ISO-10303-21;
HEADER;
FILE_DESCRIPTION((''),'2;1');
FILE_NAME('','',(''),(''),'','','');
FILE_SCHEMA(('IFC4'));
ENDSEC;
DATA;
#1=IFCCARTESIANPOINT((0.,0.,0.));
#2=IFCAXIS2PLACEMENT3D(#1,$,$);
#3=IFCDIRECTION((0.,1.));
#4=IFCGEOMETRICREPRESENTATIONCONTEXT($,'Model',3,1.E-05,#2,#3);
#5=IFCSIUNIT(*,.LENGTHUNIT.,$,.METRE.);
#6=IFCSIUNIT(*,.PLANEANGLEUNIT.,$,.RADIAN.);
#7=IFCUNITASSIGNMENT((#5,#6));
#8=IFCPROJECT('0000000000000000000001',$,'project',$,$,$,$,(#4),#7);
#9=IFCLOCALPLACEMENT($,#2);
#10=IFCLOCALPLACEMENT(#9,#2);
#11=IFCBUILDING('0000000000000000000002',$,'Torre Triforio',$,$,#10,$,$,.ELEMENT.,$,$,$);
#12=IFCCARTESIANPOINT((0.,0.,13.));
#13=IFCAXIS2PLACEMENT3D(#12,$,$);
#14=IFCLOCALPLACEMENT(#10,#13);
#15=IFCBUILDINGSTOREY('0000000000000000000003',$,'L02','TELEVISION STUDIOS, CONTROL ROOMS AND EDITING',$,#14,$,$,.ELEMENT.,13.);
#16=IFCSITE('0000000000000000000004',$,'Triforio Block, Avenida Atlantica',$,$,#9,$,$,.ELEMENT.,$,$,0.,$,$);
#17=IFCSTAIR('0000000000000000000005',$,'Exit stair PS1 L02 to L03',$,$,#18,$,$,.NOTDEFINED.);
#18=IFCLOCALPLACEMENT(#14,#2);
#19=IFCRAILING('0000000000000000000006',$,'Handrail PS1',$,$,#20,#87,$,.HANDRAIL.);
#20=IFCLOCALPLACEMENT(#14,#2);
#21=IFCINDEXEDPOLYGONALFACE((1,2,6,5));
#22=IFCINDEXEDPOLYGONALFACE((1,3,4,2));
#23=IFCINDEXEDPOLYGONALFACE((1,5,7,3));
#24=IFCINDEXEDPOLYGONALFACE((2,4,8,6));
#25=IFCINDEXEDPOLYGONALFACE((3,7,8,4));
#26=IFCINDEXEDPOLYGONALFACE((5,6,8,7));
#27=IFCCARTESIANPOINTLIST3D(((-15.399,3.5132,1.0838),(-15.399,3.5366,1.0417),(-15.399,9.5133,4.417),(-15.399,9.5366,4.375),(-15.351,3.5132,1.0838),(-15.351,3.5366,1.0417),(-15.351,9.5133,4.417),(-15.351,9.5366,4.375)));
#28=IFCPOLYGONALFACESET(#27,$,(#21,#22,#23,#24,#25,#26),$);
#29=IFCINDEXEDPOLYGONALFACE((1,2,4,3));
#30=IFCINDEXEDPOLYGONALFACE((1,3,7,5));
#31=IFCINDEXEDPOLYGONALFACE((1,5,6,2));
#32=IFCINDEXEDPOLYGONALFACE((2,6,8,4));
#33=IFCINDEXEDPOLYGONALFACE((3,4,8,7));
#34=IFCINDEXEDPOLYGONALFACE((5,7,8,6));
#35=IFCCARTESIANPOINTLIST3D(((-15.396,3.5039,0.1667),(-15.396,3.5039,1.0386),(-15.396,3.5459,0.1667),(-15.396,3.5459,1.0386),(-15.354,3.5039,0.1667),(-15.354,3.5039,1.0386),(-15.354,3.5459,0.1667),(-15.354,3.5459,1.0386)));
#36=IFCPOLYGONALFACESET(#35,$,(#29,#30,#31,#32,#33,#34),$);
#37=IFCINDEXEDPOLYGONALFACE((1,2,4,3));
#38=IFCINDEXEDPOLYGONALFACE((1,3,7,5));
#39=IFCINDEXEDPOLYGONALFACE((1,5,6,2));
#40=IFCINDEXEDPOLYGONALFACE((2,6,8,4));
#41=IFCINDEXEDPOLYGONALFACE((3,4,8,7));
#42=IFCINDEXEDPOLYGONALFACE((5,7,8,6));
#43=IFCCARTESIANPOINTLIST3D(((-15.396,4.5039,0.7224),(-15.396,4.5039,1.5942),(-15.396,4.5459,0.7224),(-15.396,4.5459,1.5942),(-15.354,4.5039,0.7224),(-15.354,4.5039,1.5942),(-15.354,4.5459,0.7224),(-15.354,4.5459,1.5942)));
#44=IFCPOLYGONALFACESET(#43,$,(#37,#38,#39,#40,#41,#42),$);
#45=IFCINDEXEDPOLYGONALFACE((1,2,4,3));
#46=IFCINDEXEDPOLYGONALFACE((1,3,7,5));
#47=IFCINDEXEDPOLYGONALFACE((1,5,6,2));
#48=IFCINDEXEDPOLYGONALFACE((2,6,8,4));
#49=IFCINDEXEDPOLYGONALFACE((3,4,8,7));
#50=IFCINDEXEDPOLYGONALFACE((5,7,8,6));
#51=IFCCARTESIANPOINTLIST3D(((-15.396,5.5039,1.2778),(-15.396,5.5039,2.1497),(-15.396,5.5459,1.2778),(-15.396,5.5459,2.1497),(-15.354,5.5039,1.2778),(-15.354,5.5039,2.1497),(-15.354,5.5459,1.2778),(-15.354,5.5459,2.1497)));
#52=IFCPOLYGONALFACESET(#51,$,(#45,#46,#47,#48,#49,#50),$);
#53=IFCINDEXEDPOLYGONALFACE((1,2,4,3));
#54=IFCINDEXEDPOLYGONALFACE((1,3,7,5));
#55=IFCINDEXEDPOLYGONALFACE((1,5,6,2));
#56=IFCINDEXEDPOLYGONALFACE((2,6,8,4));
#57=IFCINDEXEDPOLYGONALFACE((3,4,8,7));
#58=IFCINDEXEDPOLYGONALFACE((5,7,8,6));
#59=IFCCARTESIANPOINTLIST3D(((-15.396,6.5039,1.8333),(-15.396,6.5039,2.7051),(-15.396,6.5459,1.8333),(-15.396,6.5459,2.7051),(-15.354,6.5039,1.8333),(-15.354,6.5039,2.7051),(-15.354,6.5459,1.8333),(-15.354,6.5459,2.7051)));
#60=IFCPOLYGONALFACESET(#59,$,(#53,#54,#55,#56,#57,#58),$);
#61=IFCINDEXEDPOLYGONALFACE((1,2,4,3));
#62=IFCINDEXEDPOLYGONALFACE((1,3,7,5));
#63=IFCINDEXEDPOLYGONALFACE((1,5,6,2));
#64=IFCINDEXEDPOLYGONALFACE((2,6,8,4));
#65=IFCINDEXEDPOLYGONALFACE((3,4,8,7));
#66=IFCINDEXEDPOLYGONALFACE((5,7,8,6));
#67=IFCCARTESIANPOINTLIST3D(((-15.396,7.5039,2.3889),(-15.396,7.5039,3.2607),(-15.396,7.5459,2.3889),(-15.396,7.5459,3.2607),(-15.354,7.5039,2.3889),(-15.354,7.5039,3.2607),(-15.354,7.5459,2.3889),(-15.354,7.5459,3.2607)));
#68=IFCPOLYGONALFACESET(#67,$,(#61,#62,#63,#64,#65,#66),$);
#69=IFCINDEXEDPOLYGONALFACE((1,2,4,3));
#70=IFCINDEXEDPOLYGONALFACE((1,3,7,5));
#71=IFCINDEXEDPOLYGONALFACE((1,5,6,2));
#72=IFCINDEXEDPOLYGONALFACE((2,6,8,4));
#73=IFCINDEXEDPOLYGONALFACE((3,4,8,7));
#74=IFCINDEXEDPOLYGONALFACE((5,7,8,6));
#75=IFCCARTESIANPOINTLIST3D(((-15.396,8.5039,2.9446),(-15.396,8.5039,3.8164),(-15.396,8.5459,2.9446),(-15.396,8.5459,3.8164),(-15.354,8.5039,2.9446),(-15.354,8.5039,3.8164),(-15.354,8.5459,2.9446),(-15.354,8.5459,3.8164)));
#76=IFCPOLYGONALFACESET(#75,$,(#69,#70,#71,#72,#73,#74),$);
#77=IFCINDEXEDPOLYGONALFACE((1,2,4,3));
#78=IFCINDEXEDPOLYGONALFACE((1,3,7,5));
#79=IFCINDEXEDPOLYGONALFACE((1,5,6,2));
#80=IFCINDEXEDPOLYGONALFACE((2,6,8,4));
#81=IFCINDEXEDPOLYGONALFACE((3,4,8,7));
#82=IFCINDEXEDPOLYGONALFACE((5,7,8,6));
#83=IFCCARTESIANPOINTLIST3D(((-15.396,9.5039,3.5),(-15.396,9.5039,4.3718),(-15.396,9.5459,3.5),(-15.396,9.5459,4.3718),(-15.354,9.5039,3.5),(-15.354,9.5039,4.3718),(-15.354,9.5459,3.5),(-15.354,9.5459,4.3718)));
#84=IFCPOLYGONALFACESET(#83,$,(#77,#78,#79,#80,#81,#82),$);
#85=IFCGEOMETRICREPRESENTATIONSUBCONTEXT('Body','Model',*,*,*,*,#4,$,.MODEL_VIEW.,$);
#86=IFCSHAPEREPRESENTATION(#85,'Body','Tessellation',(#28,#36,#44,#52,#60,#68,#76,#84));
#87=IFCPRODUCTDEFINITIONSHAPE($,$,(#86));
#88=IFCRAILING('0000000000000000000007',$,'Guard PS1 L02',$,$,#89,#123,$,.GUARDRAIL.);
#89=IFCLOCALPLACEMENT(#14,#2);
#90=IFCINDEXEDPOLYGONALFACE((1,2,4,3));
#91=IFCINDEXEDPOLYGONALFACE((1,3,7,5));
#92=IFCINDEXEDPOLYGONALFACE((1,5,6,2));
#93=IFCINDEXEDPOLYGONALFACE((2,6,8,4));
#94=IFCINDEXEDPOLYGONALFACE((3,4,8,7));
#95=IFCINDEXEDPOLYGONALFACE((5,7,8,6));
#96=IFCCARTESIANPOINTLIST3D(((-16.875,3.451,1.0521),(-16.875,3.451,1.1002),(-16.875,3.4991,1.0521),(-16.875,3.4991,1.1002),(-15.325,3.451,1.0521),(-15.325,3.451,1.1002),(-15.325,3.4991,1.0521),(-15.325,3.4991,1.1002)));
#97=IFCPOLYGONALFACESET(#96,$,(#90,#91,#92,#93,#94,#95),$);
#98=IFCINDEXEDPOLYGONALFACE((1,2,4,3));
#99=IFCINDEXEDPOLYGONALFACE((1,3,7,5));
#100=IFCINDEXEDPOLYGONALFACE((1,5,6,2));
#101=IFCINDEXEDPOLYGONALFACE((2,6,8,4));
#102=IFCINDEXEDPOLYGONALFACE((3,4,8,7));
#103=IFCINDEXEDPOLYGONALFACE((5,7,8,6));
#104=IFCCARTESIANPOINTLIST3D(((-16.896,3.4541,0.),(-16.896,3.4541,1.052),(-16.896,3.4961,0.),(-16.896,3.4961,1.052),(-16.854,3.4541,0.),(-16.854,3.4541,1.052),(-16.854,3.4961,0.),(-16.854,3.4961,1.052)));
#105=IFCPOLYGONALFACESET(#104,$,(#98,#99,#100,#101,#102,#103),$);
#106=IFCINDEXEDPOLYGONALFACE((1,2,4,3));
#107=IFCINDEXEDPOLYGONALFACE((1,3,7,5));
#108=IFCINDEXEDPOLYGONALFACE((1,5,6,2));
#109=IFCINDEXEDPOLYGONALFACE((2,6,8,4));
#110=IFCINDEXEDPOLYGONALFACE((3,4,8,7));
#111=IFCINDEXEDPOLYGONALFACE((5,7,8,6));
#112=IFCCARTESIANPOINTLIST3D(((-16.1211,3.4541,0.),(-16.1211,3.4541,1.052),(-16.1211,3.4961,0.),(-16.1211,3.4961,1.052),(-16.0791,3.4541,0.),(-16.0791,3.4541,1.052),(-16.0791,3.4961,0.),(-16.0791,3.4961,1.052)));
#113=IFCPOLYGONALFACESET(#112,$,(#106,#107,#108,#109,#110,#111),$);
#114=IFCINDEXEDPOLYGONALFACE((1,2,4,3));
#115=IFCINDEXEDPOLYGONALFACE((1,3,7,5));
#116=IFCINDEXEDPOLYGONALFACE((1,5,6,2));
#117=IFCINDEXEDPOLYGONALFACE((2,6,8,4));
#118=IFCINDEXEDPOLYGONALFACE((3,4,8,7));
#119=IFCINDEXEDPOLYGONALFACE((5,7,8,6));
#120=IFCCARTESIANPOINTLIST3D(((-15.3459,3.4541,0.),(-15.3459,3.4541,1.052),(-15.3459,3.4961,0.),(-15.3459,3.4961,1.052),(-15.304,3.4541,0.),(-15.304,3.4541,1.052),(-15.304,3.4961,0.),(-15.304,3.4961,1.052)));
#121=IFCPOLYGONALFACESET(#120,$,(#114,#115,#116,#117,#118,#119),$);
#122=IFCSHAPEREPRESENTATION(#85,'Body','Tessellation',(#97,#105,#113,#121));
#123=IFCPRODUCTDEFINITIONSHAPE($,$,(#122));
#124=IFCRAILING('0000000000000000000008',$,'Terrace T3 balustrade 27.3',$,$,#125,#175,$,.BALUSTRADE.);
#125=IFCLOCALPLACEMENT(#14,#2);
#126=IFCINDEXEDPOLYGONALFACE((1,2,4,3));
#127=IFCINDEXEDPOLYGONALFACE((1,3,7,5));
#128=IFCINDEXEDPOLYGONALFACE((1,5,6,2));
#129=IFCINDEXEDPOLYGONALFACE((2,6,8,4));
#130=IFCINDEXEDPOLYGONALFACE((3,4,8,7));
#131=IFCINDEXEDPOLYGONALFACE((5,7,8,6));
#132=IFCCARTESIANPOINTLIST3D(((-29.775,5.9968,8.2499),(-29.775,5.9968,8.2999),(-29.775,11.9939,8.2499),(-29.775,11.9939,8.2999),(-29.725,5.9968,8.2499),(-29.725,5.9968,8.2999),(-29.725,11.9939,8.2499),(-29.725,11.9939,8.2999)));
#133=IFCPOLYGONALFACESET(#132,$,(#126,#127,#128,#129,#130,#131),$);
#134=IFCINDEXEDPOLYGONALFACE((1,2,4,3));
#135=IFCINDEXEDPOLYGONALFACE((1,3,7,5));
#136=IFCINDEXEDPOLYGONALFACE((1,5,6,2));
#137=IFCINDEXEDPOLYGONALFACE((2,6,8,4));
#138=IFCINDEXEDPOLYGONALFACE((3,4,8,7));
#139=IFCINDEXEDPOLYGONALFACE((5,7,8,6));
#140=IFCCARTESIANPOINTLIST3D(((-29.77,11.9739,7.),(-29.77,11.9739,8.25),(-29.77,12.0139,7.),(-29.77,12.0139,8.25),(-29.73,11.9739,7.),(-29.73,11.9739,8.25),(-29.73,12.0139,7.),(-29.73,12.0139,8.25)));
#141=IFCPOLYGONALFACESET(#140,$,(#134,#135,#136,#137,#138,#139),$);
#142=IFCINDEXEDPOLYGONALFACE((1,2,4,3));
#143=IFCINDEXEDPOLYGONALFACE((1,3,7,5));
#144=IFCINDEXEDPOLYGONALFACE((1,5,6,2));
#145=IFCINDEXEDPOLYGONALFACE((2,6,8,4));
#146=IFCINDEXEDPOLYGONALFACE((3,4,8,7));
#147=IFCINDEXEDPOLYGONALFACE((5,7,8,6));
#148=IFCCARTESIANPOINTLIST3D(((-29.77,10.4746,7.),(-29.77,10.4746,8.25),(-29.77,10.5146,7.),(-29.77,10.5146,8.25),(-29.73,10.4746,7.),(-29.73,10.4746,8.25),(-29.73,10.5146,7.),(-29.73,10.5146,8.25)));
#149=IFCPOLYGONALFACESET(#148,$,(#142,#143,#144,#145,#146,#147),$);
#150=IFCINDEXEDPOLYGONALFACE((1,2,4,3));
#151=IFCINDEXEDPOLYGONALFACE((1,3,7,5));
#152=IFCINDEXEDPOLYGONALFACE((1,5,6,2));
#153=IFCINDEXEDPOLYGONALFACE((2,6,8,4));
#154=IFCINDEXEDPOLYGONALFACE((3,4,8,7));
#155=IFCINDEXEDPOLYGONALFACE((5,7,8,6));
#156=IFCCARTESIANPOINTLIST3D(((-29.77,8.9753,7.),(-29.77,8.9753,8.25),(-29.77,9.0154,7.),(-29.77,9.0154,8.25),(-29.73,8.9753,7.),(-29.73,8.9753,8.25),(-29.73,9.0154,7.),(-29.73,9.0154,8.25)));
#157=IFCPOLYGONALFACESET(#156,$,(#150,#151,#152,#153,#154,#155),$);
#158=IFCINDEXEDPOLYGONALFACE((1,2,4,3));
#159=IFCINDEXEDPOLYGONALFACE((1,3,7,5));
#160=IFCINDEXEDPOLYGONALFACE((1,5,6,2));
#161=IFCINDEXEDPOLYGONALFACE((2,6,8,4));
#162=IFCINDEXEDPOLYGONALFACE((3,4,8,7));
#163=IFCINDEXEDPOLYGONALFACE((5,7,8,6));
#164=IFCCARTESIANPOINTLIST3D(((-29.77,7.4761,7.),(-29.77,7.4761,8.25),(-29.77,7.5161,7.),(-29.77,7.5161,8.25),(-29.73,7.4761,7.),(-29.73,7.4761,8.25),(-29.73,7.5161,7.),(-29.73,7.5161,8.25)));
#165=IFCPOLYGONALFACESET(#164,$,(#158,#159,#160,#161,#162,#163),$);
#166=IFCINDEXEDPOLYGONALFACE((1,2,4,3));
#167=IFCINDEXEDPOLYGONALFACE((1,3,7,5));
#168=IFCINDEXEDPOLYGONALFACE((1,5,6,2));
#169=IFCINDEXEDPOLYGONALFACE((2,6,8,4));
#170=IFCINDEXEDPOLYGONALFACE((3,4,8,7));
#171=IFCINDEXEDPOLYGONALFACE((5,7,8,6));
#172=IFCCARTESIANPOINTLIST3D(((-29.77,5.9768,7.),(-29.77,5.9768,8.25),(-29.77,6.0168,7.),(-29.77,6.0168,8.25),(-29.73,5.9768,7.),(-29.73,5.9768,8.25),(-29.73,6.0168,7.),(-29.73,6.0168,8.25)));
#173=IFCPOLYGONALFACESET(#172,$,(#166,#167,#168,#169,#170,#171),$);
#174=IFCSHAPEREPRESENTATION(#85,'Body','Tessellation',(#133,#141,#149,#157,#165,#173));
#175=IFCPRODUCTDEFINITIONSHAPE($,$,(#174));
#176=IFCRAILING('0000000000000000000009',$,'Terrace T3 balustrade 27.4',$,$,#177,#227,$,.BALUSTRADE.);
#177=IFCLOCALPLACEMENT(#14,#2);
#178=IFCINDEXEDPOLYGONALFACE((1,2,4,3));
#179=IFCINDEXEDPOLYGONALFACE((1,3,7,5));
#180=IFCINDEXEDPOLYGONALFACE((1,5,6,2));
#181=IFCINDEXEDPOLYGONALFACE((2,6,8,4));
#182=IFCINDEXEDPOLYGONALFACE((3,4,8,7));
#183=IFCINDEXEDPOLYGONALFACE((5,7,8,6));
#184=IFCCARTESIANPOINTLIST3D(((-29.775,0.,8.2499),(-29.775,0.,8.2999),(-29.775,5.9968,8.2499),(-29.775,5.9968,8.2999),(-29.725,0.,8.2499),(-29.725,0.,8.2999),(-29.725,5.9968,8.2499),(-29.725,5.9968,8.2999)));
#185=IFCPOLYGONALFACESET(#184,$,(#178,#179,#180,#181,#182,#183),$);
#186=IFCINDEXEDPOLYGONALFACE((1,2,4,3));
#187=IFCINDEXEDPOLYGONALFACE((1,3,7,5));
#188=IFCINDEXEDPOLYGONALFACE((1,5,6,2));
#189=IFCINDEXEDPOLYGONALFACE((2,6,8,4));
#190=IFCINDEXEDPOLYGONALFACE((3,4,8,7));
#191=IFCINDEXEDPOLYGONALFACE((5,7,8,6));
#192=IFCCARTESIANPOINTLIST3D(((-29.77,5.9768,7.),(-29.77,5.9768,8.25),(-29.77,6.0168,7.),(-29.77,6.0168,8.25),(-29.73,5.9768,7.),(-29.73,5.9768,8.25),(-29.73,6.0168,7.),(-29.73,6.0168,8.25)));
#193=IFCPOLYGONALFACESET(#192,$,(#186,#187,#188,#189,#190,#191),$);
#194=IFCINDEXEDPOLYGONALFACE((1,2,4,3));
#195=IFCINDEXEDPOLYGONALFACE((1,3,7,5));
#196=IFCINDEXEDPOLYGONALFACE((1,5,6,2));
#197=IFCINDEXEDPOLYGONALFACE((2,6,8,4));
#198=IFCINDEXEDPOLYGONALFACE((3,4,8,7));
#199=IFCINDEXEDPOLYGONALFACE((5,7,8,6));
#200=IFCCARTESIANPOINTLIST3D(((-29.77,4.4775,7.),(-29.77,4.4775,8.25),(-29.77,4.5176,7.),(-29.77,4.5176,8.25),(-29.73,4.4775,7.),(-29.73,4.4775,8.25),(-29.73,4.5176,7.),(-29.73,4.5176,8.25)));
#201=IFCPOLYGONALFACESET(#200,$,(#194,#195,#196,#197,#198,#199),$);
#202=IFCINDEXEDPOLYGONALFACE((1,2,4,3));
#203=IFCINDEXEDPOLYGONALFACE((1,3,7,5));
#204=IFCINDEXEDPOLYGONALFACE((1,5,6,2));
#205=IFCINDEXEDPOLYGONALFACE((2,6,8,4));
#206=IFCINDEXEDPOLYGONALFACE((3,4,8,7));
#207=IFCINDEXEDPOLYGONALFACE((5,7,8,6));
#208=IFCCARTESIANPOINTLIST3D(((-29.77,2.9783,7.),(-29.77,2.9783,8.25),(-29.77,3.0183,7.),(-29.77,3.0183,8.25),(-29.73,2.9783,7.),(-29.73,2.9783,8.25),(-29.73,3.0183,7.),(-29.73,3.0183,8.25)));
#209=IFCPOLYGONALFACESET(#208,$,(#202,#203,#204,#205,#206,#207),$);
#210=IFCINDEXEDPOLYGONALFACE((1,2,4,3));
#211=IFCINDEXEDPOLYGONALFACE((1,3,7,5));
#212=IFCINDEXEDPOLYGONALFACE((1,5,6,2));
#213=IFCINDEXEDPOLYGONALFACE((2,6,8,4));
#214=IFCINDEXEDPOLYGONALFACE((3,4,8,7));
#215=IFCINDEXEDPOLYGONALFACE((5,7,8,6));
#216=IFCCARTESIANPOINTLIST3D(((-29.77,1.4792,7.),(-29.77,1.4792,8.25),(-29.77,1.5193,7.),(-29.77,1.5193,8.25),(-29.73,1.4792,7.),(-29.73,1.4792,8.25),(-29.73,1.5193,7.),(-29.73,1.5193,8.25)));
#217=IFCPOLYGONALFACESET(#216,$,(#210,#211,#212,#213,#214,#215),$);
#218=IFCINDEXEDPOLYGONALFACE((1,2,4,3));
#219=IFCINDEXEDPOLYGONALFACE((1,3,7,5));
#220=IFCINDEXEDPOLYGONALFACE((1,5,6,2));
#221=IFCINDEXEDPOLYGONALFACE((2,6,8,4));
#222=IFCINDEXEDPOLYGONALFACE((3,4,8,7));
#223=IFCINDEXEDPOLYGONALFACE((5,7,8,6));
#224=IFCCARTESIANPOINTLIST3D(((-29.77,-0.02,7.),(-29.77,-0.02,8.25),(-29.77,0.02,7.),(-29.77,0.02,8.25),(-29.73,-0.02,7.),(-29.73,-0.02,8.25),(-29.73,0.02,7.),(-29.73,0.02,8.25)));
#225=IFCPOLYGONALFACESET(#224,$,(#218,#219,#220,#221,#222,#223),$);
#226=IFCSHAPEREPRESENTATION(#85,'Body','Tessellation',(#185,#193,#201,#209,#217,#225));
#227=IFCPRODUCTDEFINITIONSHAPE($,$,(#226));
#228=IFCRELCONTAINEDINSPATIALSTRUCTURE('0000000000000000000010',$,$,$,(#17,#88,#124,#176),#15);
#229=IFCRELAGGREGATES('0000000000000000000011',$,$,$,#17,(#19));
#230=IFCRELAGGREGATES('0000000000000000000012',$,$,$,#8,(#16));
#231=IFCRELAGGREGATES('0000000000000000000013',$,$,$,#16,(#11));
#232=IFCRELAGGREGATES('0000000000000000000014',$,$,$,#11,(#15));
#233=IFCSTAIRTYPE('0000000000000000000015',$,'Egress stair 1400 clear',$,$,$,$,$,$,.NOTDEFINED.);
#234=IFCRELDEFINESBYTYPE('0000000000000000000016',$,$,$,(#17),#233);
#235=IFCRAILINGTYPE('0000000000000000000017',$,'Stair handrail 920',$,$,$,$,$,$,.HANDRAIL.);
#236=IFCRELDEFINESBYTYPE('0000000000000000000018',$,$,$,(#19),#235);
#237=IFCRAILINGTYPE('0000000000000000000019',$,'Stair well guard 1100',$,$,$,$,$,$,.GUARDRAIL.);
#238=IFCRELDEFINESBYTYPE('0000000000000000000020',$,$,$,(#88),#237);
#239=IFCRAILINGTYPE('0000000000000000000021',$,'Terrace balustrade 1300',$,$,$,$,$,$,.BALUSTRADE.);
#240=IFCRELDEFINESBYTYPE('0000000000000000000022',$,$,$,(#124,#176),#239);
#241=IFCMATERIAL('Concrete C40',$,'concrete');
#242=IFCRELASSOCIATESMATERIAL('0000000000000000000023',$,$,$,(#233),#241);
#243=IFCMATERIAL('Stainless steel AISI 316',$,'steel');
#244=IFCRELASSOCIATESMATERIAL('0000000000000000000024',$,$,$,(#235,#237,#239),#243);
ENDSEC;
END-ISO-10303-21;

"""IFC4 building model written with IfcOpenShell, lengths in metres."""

from ifc_helpers import new_model, si_unit, direction, frame, origin, origin_2d, place, context, subcontext, project, spatial, rectangle, extrude, material, type_object, element, aggregate, save


model = new_model("IFC4")

# Units and contexts
model_context = context("Model", 3, precision=1e-05, world=origin(), true_north=direction((0.0, 1.0)))
body_context = subcontext(model_context, "Body", "Model", "MODEL_VIEW")
ifc_project = project(units=[si_unit("LENGTHUNIT", "METRE"), si_unit("PLANEANGLEUNIT", "RADIAN")], contexts=[model_context])

# Site, building, storey
site_placement = place(None, origin())
site = spatial("IfcSite", under=ifc_project, at=site_placement, Name="Triforio Block, Avenida Atlantica", CompositionType="ELEMENT", RefElevation=0.0)
building_placement = place(site_placement, origin())
building = spatial("IfcBuilding", under=site, at=building_placement, Name="Torre Triforio", CompositionType="ELEMENT")
storey_placement = place(building_placement, frame((0.0, 0.0, 13.0)))
storey = spatial("IfcBuildingStorey", under=building, at=storey_placement, Name="L02", Description="TELEVISION STUDIOS, CONTROL ROOMS AND EDITING", CompositionType="ELEMENT", Elevation=13.0)

# Shared definitions
ifc_material_1 = material(Name="Concrete C40", Category="concrete")

# Stair, railing
stair_type = type_object("IfcStairType", Name="Egress stair 1400 clear", PredefinedType="NOTDEFINED", material=ifc_material_1)
stair_placement = place(storey_placement, origin())
stair = element("IfcStair", 1, at=stair_placement, inside=storey, type_object=stair_type, Name="Exit stair PS1 L02 to L03", PredefinedType="NOTDEFINED")
ifc_material_2 = material(Name="Stainless steel AISI 316", Category="steel")
railing_type_1 = type_object("IfcRailingType", Name="Stair handrail 920", PredefinedType="HANDRAIL", material=ifc_material_2)
railing_1_placement = place(storey_placement, frame((-15.375, 3.5249, 0.1667)))
railing_1 = element("IfcRailing", 2, at=railing_1_placement, type_object=railing_type_1, Name="Handrail PS1", PredefinedType="HANDRAIL", context=body_context, shape_type="SweptSolid", body=[
    extrude(rectangle(XDim=0.0481, YDim=0.0481, at=origin_2d()), frame((0.0, 0.0, 0.896), z_axis=(0.0, 0.874162, 0.485634), x_axis=(-1.0, 0.0, 0.0)), (0.0, 0.0, 1.0), 6.8638),
    extrude(rectangle(XDim=0.042, YDim=0.042, at=origin_2d()), origin(), (0.0, 0.0, 1.0), 0.8718),
    extrude(rectangle(XDim=0.042, YDim=0.042, at=origin_2d()), frame((0.0, 1.0, 0.5557)), (0.0, 0.0, 1.0), 0.8718),
    extrude(rectangle(XDim=0.042, YDim=0.042, at=origin_2d()), frame((0.0, 2.0, 1.1111)), (0.0, 0.0, 1.0), 0.8718),
    extrude(rectangle(XDim=0.042, YDim=0.042, at=origin_2d()), frame((0.0, 3.0, 1.6665)), (0.0, 0.0, 1.0), 0.8718),
    extrude(rectangle(XDim=0.042, YDim=0.042, at=origin_2d()), frame((0.0, 4.0, 2.2222)), (0.0, 0.0, 1.0), 0.8718),
    extrude(rectangle(XDim=0.042, YDim=0.042, at=origin_2d()), frame((0.0, 5.0, 2.7778)), (0.0, 0.0, 1.0), 0.8718),
    extrude(rectangle(XDim=0.042, YDim=0.042, at=origin_2d()), frame((0.0, 6.0, 3.3333)), (0.0, 0.0, 1.0), 0.8718),
])
aggregate(stair, [railing_1])

# Railings
railing_type_2 = type_object("IfcRailingType", Name="Stair well guard 1100", PredefinedType="GUARDRAIL", material=ifc_material_2)
railing_2_placement = place(storey_placement, frame((-16.875, 3.4751, 0.0)))
element("IfcRailing", 3, at=railing_2_placement, inside=storey, type_object=railing_type_2, Name="Guard PS1 L02", PredefinedType="GUARDRAIL", context=body_context, shape_type="SweptSolid", body=[
    extrude(rectangle(XDim=0.0481, YDim=0.0481, at=origin_2d()), frame((0.0, 0.0, 1.0762), z_axis=(1.0, 0.0, 0.0), x_axis=(0.0, 1.0, 0.0)), (0.0, 0.0, 1.0), 1.55),
    extrude(rectangle(XDim=0.042, YDim=0.042, at=origin_2d()), origin(), (0.0, 0.0, 1.0), 1.052),
    extrude(rectangle(XDim=0.042, YDim=0.042, at=origin_2d()), frame((0.7749, 0.0, 0.0)), (0.0, 0.0, 1.0), 1.052),
    extrude(rectangle(XDim=0.042, YDim=0.042, at=origin_2d()), frame((1.55, 0.0, 0.0)), (0.0, 0.0, 1.0), 1.052),
])
railing_type_3 = type_object("IfcRailingType", Name="Terrace balustrade 1300", PredefinedType="BALUSTRADE", material=ifc_material_2)
railing_3_placement = place(storey_placement, frame((-29.75, 11.9939, 7.0)))
element("IfcRailing", 4, at=railing_3_placement, inside=storey, type_object=railing_type_3, Name="Terrace T3 balustrade 27.3", PredefinedType="BALUSTRADE", context=body_context, shape_type="SweptSolid", body=[
    extrude(rectangle(XDim=0.05, YDim=0.05, at=origin_2d()), frame((0.0, 0.0, 1.2749), z_axis=(0.0, -1.0, 0.0), x_axis=(1.0, 0.0, 0.0)), (0.0, 0.0, 1.0), 5.9971),
    extrude(rectangle(XDim=0.04, YDim=0.04, at=origin_2d()), origin(), (0.0, 0.0, 1.0), 1.25),
    extrude(rectangle(XDim=0.04, YDim=0.04, at=origin_2d()), frame((0.0, -1.4993, 0.0)), (0.0, 0.0, 1.0), 1.25),
    extrude(rectangle(XDim=0.04, YDim=0.04, at=origin_2d()), frame((0.0, -2.9985, 0.0)), (0.0, 0.0, 1.0), 1.25),
    extrude(rectangle(XDim=0.04, YDim=0.04, at=origin_2d()), frame((0.0, -4.4978, 0.0)), (0.0, 0.0, 1.0), 1.25),
    extrude(rectangle(XDim=0.04, YDim=0.04, at=origin_2d()), frame((0.0, -5.9971, 0.0)), (0.0, 0.0, 1.0), 1.25),
])
railing_4_placement = place(storey_placement, frame((-29.75, 5.9968, 7.0)))
element("IfcRailing", 5, at=railing_4_placement, inside=storey, type_object=railing_type_3, Name="Terrace T3 balustrade 27.4", PredefinedType="BALUSTRADE", context=body_context, shape_type="SweptSolid", body=[
    extrude(rectangle(XDim=0.05, YDim=0.05, at=origin_2d()), frame((0.0, 0.0, 1.2749), z_axis=(0.0, -1.0, 0.0), x_axis=(1.0, 0.0, 0.0)), (0.0, 0.0, 1.0), 5.9968),
    extrude(rectangle(XDim=0.04, YDim=0.04, at=origin_2d()), origin(), (0.0, 0.0, 1.0), 1.25),
    extrude(rectangle(XDim=0.04, YDim=0.04, at=origin_2d()), frame((0.0, -1.4993, 0.0)), (0.0, 0.0, 1.0), 1.25),
    extrude(rectangle(XDim=0.04, YDim=0.04, at=origin_2d()), frame((0.0, -2.9985, 0.0)), (0.0, 0.0, 1.0), 1.25),
    extrude(rectangle(XDim=0.04, YDim=0.04, at=origin_2d()), frame((0.0, -4.4976, 0.0)), (0.0, 0.0, 1.0), 1.25),
    extrude(rectangle(XDim=0.04, YDim=0.04, at=origin_2d()), frame((0.0, -5.9968, 0.0)), (0.0, 0.0, 1.0), 1.25),
])

save(model, "model.ifc")
